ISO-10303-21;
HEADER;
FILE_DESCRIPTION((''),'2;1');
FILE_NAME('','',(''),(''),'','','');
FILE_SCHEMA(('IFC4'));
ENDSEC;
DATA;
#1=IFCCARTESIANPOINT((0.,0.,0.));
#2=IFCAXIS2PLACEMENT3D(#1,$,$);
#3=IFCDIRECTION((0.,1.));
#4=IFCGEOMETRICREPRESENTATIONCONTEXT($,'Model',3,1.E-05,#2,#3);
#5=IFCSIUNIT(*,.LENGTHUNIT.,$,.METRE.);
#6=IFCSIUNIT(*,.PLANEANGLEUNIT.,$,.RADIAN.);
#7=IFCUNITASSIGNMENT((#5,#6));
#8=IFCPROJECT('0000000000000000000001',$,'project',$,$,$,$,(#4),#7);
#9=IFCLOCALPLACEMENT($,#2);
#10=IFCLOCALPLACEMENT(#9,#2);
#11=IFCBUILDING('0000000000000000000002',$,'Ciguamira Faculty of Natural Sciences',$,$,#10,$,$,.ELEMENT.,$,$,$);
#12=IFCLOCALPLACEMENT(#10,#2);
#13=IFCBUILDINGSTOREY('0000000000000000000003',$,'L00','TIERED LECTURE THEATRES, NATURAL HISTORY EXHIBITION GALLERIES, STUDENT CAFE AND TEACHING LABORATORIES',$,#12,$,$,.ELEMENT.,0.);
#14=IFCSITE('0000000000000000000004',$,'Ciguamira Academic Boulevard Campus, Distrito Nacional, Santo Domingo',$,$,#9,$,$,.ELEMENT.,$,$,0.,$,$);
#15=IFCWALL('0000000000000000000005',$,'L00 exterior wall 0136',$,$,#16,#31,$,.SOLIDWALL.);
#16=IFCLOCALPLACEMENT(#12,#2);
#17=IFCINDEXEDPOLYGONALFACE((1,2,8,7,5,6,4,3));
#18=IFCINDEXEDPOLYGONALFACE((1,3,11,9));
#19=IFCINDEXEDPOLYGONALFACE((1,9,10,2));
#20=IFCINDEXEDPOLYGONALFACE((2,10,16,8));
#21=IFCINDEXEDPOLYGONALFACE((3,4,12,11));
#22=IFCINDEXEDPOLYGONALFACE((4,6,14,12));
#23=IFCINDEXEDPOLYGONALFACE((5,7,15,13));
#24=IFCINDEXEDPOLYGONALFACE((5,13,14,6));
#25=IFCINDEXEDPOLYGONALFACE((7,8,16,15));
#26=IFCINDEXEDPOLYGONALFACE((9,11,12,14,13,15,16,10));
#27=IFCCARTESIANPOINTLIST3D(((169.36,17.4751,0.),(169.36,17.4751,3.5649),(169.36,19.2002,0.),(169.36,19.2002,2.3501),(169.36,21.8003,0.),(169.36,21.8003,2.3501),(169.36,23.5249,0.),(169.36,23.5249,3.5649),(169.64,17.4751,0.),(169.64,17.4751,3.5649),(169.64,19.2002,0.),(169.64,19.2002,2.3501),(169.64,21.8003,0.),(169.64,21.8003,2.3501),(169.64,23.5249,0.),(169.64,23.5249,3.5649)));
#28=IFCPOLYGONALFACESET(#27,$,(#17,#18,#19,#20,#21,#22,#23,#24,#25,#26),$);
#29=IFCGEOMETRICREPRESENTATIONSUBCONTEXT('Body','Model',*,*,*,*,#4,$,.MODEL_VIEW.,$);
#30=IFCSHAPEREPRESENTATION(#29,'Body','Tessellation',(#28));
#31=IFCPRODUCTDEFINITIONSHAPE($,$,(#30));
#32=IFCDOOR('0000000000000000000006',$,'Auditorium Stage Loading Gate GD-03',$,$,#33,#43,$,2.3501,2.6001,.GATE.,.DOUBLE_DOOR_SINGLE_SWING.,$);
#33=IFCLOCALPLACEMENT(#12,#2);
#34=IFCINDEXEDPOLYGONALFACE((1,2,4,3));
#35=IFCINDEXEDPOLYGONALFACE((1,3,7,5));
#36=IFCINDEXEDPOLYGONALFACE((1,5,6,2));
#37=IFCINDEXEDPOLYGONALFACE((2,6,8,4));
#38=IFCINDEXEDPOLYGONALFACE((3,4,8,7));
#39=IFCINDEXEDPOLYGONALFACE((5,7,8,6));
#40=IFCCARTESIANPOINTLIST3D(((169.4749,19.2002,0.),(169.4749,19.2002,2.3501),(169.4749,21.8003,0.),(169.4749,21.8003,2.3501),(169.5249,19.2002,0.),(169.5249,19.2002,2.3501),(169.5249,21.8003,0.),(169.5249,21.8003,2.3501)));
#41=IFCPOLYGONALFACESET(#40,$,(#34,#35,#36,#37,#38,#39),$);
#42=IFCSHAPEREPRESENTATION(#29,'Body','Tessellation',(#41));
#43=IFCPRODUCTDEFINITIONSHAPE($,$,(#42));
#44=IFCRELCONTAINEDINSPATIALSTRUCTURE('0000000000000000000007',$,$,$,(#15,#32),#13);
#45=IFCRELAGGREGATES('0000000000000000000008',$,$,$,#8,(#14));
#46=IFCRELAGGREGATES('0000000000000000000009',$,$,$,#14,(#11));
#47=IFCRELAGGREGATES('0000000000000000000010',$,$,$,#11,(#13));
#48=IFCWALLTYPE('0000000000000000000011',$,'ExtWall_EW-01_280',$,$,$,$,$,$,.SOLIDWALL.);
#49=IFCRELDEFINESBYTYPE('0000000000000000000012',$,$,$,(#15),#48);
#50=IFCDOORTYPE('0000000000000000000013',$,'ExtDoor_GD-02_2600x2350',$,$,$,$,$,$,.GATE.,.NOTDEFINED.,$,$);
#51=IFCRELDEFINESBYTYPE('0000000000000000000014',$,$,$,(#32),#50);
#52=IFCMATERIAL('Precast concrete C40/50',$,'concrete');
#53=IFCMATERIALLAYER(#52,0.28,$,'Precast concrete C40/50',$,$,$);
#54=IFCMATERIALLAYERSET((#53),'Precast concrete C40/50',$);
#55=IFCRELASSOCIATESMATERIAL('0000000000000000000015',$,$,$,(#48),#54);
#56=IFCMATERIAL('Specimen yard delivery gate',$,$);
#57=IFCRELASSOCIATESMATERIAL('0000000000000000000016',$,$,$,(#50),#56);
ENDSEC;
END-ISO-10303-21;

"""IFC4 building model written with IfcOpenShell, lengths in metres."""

from ifc_helpers import new_model, si_unit, direction, frame, frame_2d, origin, place, context, subcontext, project, spatial, rectangle, extrude, material, layer, layer_set, type_object, element, fill, save


model = new_model("IFC4")

# Units and contexts
model_context = context("Model", 3, precision=1e-05, world=origin(), true_north=direction((0.0, 1.0)))
body_context = subcontext(model_context, "Body", "Model", "MODEL_VIEW")
ifc_project = project(units=[si_unit("LENGTHUNIT", "METRE"), si_unit("PLANEANGLEUNIT", "RADIAN")], contexts=[model_context])

# Site, building, storey
site_placement = place(None, origin())
site = spatial("IfcSite", under=ifc_project, at=site_placement, Name="Ciguamira Academic Boulevard Campus, Distrito Nacional, Santo Domingo", CompositionType="ELEMENT", RefElevation=0.0)
building_placement = place(site_placement, origin())
building = spatial("IfcBuilding", under=site, at=building_placement, Name="Ciguamira Faculty of Natural Sciences", CompositionType="ELEMENT")
storey_placement = place(building_placement, origin())
storey = spatial("IfcBuildingStorey", under=building, at=storey_placement, Name="L00", Description="TIERED LECTURE THEATRES, NATURAL HISTORY EXHIBITION GALLERIES, STUDENT CAFE AND TEACHING LABORATORIES", CompositionType="ELEMENT", Elevation=0.0)

# Shared definitions
ifc_material_1 = material(Name="Precast concrete C40/50", Category="concrete")

# Shared definitions
ifc_layer = layer(ifc_material_1, 0.28, Name="Precast concrete C40/50")
ifc_layer_set = layer_set([ifc_layer], Name="Precast concrete C40/50")
wall_type = type_object("IfcWallType", Name="ExtWall_EW-01_280", PredefinedType="SOLIDWALL", material=ifc_layer_set)

# Wall, opening, door
wall_1_placement = place(storey_placement, frame((169.5, 17.4751, 0.0), z_axis=(0.0, 0.0, 1.0), x_axis=(0.0, 1.0, 0.0)))
wall_1 = element("IfcWall", 1, at=wall_1_placement, inside=storey, type_object=wall_type, Name="L00 exterior wall 0136", PredefinedType="SOLIDWALL", context=body_context, shape_type="SweptSolid", body=[
    extrude(rectangle(XDim=6.0498, YDim=0.28, at=frame_2d((3.0249, 0.0))), origin(), (0.0, 0.0, 1.0), 3.5649),
])
opening_1_placement = place(wall_1_placement, frame((1.7251, 0.0, 0.0)))
opening_1 = element("IfcOpeningElement", 2, at=opening_1_placement, cuts=wall_1, PredefinedType="OPENING", context=body_context, shape_type="SweptSolid", body=[
    extrude(rectangle(XDim=2.6001, YDim=2.3501, at=frame_2d((1.3, 1.175))), frame((0.0, 0.1499, 0.0), z_axis=(0.0, -1.0, 0.0), x_axis=(1.0, 0.0, 0.0)), (0.0, 0.0, 1.0), 0.3),
])
ifc_material_2 = material(Name="Specimen yard delivery gate")
door_type = type_object("IfcDoorType", Name="ExtDoor_GD-02_2600x2350", OperationType="NOTDEFINED", PredefinedType="GATE", material=ifc_material_2)
door_placement = place(opening_1_placement, frame((2.6001, 0.0, 0.0), z_axis=(0.0, 0.0, 1.0), x_axis=(-1.0, 0.0, 0.0)))
door = element("IfcDoor", 3, at=door_placement, inside=storey, type_object=door_type, Name="Auditorium Stage Loading Gate GD-03", OperationType="DOUBLE_DOOR_SINGLE_SWING", OverallHeight=2.3501, OverallWidth=2.6001, PredefinedType="GATE", context=body_context, shape_type="SweptSolid", body=[
    extrude(rectangle(XDim=2.6001, YDim=2.3501, at=frame_2d((1.3, 1.175))), frame((0.0, 0.0249, 0.0), z_axis=(0.0, -1.0, 0.0), x_axis=(1.0, 0.0, 0.0)), (0.0, 0.0, 1.0), 0.05),
])
fill(opening_1, door)

save(model, "model.ifc")
